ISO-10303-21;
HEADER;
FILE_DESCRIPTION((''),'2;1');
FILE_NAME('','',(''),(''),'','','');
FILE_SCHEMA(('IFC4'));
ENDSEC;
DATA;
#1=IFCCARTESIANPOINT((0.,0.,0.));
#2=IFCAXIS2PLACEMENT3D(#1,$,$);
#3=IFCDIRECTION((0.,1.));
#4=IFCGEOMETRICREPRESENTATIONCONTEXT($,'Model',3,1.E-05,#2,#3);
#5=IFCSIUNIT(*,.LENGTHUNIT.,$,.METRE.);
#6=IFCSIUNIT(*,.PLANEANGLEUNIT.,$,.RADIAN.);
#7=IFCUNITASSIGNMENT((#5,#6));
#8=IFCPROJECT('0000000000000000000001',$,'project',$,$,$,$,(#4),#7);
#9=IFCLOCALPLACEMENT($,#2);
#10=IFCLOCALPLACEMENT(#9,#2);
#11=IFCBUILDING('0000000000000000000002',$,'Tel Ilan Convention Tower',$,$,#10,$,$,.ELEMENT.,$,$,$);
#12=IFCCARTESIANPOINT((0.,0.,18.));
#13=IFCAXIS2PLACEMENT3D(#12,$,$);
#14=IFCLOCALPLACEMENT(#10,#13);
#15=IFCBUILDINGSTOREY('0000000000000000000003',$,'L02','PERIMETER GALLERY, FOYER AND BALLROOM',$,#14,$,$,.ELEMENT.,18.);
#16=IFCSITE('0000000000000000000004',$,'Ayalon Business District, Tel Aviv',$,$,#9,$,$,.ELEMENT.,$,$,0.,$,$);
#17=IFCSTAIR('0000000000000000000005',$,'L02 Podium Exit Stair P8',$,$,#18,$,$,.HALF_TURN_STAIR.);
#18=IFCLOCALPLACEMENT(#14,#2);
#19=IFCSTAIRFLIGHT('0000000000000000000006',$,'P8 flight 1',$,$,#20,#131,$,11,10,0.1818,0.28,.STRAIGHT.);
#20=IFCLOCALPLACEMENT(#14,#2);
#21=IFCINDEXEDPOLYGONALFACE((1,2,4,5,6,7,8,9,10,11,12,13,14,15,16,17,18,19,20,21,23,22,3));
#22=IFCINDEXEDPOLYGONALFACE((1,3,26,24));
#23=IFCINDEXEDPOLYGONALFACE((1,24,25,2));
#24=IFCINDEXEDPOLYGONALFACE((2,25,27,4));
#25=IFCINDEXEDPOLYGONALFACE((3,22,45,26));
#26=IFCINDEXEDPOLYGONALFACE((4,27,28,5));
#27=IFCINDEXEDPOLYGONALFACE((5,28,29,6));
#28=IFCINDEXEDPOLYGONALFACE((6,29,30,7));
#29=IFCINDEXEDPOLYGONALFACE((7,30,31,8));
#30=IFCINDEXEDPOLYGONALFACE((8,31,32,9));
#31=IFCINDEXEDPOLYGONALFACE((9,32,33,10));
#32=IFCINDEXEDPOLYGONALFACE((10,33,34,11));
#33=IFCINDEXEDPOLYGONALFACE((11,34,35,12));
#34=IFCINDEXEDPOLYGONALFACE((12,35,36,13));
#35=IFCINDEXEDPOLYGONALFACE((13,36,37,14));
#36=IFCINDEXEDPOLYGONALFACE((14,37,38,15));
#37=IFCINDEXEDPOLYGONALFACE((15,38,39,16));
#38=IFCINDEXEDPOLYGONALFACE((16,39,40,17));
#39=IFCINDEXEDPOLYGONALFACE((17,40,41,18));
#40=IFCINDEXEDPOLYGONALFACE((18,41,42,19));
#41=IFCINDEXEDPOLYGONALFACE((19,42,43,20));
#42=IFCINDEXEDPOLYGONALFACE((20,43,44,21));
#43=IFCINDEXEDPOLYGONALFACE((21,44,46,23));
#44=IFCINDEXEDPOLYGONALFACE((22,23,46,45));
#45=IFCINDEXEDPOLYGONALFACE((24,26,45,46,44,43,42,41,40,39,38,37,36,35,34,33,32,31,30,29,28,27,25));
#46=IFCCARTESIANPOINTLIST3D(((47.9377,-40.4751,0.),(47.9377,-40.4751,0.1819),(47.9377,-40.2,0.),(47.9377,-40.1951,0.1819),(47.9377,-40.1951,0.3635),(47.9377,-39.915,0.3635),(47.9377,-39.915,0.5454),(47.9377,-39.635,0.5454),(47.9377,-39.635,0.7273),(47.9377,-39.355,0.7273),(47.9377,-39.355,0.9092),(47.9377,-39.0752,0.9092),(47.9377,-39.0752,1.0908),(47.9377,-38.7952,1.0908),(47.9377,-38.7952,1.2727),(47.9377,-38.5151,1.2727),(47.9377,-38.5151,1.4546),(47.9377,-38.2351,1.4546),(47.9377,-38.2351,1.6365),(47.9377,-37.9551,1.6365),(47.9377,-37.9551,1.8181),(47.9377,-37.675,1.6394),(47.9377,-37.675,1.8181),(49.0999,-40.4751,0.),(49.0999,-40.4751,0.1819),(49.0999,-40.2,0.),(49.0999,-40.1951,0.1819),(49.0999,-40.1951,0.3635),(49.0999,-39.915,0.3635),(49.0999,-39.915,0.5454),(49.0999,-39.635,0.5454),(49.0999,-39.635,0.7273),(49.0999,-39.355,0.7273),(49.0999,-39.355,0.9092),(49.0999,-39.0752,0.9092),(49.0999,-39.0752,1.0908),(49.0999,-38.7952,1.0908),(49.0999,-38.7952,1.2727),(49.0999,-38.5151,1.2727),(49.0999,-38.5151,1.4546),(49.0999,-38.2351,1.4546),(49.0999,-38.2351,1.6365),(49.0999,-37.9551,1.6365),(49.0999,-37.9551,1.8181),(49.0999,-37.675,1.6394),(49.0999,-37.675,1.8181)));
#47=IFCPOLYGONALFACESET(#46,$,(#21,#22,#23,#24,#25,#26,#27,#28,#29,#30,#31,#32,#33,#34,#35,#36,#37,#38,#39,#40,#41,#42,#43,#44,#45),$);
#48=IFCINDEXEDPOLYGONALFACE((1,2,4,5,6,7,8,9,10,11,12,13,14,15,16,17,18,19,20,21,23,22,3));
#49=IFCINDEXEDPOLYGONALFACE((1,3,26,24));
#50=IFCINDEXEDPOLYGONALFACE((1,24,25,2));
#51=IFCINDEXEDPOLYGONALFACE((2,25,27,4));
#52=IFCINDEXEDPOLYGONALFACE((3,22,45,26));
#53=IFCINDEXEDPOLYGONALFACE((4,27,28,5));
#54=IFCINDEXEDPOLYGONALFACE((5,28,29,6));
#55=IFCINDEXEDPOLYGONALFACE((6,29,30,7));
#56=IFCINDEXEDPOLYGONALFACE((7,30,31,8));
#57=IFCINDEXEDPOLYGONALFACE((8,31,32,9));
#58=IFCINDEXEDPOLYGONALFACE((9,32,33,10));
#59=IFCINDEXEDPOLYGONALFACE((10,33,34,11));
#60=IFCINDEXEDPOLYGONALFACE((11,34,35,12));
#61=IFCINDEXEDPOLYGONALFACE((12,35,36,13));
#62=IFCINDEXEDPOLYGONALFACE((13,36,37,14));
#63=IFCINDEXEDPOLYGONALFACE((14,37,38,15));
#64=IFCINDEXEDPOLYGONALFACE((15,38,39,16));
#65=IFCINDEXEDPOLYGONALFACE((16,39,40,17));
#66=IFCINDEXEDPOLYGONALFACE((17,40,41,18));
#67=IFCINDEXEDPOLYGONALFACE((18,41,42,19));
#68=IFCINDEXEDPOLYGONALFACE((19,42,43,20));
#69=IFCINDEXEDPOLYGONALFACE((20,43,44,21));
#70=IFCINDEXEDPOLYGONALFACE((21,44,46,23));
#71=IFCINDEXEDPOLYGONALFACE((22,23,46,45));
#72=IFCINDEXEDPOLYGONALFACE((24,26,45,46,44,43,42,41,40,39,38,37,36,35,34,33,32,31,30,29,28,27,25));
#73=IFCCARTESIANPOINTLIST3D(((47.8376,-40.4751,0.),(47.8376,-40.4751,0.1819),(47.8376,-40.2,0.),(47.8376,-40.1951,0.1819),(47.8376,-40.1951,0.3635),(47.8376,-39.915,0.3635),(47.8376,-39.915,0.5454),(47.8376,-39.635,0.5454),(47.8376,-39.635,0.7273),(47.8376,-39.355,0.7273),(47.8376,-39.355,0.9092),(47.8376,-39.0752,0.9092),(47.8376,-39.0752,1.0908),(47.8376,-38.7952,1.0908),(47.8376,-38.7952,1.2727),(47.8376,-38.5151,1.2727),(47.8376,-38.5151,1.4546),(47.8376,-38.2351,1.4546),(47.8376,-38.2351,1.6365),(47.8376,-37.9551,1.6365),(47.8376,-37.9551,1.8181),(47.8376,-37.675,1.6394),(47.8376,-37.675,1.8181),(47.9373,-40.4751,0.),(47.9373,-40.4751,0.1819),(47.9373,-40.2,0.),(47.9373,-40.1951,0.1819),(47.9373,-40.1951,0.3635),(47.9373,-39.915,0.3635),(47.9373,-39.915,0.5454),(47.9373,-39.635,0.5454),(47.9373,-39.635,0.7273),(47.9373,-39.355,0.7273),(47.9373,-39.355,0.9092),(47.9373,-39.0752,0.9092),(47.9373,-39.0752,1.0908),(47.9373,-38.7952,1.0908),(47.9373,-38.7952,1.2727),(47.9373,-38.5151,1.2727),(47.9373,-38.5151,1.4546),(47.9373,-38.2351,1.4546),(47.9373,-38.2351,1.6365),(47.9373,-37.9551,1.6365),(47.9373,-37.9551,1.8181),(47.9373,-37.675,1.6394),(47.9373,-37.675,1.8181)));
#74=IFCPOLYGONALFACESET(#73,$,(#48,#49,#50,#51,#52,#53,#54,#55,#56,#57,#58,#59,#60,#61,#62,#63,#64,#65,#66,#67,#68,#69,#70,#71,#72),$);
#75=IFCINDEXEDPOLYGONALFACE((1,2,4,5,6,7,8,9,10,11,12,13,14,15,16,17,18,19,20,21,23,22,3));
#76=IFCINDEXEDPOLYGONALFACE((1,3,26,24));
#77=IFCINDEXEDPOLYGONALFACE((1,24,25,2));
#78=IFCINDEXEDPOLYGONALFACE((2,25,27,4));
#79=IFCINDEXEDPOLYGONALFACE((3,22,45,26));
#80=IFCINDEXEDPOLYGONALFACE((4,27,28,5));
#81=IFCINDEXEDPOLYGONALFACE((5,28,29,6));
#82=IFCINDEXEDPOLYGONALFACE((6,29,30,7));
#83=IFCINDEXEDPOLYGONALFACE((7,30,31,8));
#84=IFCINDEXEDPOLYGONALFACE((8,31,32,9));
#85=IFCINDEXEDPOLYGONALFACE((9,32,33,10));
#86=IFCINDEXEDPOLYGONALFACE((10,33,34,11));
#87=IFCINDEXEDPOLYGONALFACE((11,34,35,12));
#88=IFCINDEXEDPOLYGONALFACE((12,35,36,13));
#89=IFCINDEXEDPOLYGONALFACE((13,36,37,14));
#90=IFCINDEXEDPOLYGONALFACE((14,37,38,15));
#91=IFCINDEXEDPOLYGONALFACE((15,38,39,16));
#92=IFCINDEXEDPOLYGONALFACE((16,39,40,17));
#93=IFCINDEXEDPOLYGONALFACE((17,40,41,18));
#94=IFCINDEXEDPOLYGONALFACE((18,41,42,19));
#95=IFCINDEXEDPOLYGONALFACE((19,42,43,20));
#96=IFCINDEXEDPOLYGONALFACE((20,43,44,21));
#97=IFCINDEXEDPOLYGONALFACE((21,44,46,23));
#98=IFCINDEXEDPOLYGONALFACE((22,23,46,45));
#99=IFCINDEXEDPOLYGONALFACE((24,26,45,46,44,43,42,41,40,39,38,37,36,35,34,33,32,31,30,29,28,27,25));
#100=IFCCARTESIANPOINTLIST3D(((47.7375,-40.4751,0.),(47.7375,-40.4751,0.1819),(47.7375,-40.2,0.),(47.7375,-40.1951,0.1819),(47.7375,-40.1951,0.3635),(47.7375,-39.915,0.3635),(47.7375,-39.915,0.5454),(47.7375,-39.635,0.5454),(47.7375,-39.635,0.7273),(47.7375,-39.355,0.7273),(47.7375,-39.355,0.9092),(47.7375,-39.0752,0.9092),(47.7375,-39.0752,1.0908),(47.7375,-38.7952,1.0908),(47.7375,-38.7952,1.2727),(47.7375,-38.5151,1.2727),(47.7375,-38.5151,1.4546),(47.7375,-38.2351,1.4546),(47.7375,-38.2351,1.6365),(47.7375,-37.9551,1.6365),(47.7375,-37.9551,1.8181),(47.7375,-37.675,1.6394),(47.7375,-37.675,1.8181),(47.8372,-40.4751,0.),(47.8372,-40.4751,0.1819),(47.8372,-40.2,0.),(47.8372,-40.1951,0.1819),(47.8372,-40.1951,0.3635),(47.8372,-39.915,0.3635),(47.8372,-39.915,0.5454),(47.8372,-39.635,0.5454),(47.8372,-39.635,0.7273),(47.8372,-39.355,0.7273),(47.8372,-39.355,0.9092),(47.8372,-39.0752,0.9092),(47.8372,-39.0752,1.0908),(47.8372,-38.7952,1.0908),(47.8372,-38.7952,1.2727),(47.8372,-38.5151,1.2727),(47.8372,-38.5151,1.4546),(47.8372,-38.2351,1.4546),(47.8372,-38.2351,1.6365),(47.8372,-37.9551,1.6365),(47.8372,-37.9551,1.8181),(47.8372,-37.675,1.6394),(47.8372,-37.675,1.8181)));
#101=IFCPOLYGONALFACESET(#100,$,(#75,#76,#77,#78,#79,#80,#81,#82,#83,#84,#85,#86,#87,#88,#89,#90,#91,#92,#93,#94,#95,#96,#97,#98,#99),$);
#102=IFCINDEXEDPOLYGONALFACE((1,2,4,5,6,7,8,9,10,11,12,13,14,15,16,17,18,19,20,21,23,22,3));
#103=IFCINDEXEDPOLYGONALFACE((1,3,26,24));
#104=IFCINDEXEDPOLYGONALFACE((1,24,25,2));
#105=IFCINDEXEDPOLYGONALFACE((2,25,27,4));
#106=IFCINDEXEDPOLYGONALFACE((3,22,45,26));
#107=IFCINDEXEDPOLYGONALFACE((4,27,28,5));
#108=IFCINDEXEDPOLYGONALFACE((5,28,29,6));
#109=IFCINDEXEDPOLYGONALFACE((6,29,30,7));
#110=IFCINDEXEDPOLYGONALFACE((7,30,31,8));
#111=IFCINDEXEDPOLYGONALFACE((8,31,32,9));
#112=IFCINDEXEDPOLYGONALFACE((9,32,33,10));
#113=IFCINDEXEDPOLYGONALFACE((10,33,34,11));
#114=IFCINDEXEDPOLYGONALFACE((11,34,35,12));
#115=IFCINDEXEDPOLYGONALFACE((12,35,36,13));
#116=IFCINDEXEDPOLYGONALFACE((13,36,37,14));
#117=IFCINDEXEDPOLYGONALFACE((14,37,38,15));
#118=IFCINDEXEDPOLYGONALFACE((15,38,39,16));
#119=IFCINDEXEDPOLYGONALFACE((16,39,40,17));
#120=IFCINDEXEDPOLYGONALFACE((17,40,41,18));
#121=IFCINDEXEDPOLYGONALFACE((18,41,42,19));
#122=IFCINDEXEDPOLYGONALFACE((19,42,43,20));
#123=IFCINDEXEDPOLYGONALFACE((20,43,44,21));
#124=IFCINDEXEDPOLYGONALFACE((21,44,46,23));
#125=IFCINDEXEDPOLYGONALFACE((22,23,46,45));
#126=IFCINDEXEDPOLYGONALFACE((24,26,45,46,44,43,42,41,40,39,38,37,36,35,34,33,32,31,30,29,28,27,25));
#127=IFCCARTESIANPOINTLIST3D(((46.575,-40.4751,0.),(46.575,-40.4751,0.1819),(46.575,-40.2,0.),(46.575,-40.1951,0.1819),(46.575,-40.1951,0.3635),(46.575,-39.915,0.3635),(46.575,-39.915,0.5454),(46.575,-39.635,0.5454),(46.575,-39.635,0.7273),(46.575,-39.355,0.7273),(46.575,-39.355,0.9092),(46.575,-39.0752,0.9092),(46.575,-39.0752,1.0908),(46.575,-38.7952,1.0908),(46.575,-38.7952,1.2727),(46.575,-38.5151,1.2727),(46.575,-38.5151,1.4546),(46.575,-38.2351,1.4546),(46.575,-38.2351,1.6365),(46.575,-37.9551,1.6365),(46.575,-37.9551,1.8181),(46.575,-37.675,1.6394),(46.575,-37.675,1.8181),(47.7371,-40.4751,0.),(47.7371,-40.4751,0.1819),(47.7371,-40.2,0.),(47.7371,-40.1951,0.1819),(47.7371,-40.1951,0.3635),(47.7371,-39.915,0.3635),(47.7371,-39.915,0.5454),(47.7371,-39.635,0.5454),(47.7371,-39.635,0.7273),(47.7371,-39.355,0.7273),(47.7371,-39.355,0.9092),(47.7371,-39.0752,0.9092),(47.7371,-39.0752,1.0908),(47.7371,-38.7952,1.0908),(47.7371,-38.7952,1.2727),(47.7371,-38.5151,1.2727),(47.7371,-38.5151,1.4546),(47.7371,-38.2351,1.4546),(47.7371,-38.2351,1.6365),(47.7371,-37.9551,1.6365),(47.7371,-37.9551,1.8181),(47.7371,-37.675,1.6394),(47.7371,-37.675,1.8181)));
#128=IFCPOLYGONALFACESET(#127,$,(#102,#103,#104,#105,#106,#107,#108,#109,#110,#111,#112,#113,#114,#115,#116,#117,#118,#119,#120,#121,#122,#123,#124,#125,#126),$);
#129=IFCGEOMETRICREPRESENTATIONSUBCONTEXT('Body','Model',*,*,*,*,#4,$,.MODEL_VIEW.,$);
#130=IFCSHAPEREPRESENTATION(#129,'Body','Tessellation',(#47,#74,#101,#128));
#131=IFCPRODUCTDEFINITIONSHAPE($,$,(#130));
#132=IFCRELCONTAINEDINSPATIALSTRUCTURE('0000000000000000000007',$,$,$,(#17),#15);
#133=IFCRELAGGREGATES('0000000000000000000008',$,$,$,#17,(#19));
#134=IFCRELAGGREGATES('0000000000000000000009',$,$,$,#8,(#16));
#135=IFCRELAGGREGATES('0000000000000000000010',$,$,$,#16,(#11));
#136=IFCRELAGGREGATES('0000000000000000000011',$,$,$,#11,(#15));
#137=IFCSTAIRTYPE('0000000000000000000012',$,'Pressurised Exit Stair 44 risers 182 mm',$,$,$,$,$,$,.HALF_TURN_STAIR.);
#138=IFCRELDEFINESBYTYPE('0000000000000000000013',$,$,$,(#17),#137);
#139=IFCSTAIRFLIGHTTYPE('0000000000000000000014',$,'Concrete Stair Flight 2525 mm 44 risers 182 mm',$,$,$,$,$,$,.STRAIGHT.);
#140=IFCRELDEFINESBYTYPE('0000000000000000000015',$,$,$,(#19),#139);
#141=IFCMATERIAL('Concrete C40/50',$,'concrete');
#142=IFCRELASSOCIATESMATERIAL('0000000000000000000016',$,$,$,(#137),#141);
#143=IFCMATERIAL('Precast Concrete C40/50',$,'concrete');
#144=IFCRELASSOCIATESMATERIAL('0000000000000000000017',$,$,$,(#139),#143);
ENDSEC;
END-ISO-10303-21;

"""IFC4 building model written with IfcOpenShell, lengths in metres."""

from ifc_helpers import new_model, si_unit, direction, frame, origin, place, context, subcontext, project, spatial, polyline, outline, extrude, material, type_object, element, aggregate, save


model = new_model("IFC4")

# Units and contexts
model_context = context("Model", 3, precision=1e-05, world=origin(), true_north=direction((0.0, 1.0)))
body_context = subcontext(model_context, "Body", "Model", "MODEL_VIEW")
ifc_project = project(units=[si_unit("LENGTHUNIT", "METRE"), si_unit("PLANEANGLEUNIT", "RADIAN")], contexts=[model_context])

# Site, building, storey
site_placement = place(None, origin())
site = spatial("IfcSite", under=ifc_project, at=site_placement, Name="Ayalon Business District, Tel Aviv", CompositionType="ELEMENT", RefElevation=0.0)
building_placement = place(site_placement, origin())
building = spatial("IfcBuilding", under=site, at=building_placement, Name="Tel Ilan Convention Tower", CompositionType="ELEMENT")
storey_placement = place(building_placement, frame((0.0, 0.0, 18.0)))
storey = spatial("IfcBuildingStorey", under=building, at=storey_placement, Name="L02", Description="PERIMETER GALLERY, FOYER AND BALLROOM", CompositionType="ELEMENT", Elevation=18.0)

# Stair, stair flight
ifc_material_1 = material(Name="Concrete C40/50", Category="concrete")
stair_type = type_object("IfcStairType", Name="Pressurised Exit Stair 44 risers 182 mm", PredefinedType="HALF_TURN_STAIR", material=ifc_material_1)
ifc_material_2 = material(Name="Precast Concrete C40/50", Category="concrete")
stair_flight_type = type_object("IfcStairFlightType", Name="Concrete Stair Flight 2525 mm 44 risers 182 mm", PredefinedType="STRAIGHT", material=ifc_material_2)
stair_1_placement = place(storey_placement, origin())
stair_1 = element("IfcStair", 1, at=stair_1_placement, inside=storey, type_object=stair_type, Name="L02 Podium Exit Stair P8", PredefinedType="HALF_TURN_STAIR")
stair_flight_1_placement = place(storey_placement, frame((47.8374, -40.4751, 0.0), z_axis=(0.0, 0.0, 1.0), x_axis=(0.0, 1.0, 0.0)))
stair_flight_1 = element("IfcStairFlight", 2, at=stair_flight_1_placement, type_object=stair_flight_type, Name="P8 flight 1", NumberOfRisers=11, NumberOfTreads=10, PredefinedType="STRAIGHT", RiserHeight=0.1818, TreadLength=0.28, context=body_context, shape_type="SweptSolid", body=[
    extrude(outline(polyline([(0.0, 0.0), (0.0, 0.1819), (0.28, 0.1819), (0.28, 0.3635), (0.5601, 0.3635), (0.5601, 0.5454), (0.8401, 0.5454), (0.8401, 0.7273), (1.1201, 0.7273), (1.1201, 0.9092), (1.3999, 0.9092), (1.3999, 1.0908), (1.6799, 1.0908), (1.6799, 1.2727), (1.96, 1.2727), (1.96, 1.4546), (2.24, 1.4546), (2.24, 1.6365), (2.52, 1.6365), (2.52, 1.8181), (2.8, 1.8181), (2.8, 2.0), (2.8, 1.6394), (0.2751, 0.0), (0.0, 0.0)])), frame((0.0, -0.1003, 0.0), z_axis=(0.0, -1.0, 0.0), x_axis=(1.0, 0.0, 0.0)), (0.0, 0.0, 1.0), 1.1621),
    extrude(outline(polyline([(0.0, 0.0), (0.0, 0.1819), (0.28, 0.1819), (0.28, 0.3635), (0.5601, 0.3635), (0.5601, 0.5454), (0.8401, 0.5454), (0.8401, 0.7273), (1.1201, 0.7273), (1.1201, 0.9092), (1.3999, 0.9092), (1.3999, 1.0908), (1.6799, 1.0908), (1.6799, 1.2727), (1.96, 1.2727), (1.96, 1.4546), (2.24, 1.4546), (2.24, 1.6365), (2.52, 1.6365), (2.52, 1.8181), (2.8, 1.8181), (2.8, 2.0), (2.8, 1.6394), (0.2751, 0.0), (0.0, 0.0)])), frame((0.0, -0.0002, 0.0), z_axis=(0.0, -1.0, 0.0), x_axis=(1.0, 0.0, 0.0)), (0.0, 0.0, 1.0), 0.0996),
    extrude(outline(polyline([(0.0, 0.0), (0.0, 0.1819), (0.28, 0.1819), (0.28, 0.3635), (0.5601, 0.3635), (0.5601, 0.5454), (0.8401, 0.5454), (0.8401, 0.7273), (1.1201, 0.7273), (1.1201, 0.9092), (1.3999, 0.9092), (1.3999, 1.0908), (1.6799, 1.0908), (1.6799, 1.2727), (1.96, 1.2727), (1.96, 1.4546), (2.24, 1.4546), (2.24, 1.6365), (2.52, 1.6365), (2.52, 1.8181), (2.8, 1.8181), (2.8, 2.0), (2.8, 1.6394), (0.2751, 0.0), (0.0, 0.0)])), frame((0.0, 0.0999, 0.0), z_axis=(0.0, -1.0, 0.0), x_axis=(1.0, 0.0, 0.0)), (0.0, 0.0, 1.0), 0.0996),
    extrude(outline(polyline([(0.0, 0.0), (0.0, 0.1819), (0.28, 0.1819), (0.28, 0.3635), (0.5601, 0.3635), (0.5601, 0.5454), (0.8401, 0.5454), (0.8401, 0.7273), (1.1201, 0.7273), (1.1201, 0.9092), (1.3999, 0.9092), (1.3999, 1.0908), (1.6799, 1.0908), (1.6799, 1.2727), (1.96, 1.2727), (1.96, 1.4546), (2.24, 1.4546), (2.24, 1.6365), (2.52, 1.6365), (2.52, 1.8181), (2.8, 1.8181), (2.8, 2.0), (2.8, 1.6394), (0.2751, 0.0), (0.0, 0.0)])), frame((0.0, 1.2625, 0.0), z_axis=(0.0, -1.0, 0.0), x_axis=(1.0, 0.0, 0.0)), (0.0, 0.0, 1.0), 1.1621),
])
aggregate(stair_1, [stair_flight_1])

save(model, "model.ifc")
